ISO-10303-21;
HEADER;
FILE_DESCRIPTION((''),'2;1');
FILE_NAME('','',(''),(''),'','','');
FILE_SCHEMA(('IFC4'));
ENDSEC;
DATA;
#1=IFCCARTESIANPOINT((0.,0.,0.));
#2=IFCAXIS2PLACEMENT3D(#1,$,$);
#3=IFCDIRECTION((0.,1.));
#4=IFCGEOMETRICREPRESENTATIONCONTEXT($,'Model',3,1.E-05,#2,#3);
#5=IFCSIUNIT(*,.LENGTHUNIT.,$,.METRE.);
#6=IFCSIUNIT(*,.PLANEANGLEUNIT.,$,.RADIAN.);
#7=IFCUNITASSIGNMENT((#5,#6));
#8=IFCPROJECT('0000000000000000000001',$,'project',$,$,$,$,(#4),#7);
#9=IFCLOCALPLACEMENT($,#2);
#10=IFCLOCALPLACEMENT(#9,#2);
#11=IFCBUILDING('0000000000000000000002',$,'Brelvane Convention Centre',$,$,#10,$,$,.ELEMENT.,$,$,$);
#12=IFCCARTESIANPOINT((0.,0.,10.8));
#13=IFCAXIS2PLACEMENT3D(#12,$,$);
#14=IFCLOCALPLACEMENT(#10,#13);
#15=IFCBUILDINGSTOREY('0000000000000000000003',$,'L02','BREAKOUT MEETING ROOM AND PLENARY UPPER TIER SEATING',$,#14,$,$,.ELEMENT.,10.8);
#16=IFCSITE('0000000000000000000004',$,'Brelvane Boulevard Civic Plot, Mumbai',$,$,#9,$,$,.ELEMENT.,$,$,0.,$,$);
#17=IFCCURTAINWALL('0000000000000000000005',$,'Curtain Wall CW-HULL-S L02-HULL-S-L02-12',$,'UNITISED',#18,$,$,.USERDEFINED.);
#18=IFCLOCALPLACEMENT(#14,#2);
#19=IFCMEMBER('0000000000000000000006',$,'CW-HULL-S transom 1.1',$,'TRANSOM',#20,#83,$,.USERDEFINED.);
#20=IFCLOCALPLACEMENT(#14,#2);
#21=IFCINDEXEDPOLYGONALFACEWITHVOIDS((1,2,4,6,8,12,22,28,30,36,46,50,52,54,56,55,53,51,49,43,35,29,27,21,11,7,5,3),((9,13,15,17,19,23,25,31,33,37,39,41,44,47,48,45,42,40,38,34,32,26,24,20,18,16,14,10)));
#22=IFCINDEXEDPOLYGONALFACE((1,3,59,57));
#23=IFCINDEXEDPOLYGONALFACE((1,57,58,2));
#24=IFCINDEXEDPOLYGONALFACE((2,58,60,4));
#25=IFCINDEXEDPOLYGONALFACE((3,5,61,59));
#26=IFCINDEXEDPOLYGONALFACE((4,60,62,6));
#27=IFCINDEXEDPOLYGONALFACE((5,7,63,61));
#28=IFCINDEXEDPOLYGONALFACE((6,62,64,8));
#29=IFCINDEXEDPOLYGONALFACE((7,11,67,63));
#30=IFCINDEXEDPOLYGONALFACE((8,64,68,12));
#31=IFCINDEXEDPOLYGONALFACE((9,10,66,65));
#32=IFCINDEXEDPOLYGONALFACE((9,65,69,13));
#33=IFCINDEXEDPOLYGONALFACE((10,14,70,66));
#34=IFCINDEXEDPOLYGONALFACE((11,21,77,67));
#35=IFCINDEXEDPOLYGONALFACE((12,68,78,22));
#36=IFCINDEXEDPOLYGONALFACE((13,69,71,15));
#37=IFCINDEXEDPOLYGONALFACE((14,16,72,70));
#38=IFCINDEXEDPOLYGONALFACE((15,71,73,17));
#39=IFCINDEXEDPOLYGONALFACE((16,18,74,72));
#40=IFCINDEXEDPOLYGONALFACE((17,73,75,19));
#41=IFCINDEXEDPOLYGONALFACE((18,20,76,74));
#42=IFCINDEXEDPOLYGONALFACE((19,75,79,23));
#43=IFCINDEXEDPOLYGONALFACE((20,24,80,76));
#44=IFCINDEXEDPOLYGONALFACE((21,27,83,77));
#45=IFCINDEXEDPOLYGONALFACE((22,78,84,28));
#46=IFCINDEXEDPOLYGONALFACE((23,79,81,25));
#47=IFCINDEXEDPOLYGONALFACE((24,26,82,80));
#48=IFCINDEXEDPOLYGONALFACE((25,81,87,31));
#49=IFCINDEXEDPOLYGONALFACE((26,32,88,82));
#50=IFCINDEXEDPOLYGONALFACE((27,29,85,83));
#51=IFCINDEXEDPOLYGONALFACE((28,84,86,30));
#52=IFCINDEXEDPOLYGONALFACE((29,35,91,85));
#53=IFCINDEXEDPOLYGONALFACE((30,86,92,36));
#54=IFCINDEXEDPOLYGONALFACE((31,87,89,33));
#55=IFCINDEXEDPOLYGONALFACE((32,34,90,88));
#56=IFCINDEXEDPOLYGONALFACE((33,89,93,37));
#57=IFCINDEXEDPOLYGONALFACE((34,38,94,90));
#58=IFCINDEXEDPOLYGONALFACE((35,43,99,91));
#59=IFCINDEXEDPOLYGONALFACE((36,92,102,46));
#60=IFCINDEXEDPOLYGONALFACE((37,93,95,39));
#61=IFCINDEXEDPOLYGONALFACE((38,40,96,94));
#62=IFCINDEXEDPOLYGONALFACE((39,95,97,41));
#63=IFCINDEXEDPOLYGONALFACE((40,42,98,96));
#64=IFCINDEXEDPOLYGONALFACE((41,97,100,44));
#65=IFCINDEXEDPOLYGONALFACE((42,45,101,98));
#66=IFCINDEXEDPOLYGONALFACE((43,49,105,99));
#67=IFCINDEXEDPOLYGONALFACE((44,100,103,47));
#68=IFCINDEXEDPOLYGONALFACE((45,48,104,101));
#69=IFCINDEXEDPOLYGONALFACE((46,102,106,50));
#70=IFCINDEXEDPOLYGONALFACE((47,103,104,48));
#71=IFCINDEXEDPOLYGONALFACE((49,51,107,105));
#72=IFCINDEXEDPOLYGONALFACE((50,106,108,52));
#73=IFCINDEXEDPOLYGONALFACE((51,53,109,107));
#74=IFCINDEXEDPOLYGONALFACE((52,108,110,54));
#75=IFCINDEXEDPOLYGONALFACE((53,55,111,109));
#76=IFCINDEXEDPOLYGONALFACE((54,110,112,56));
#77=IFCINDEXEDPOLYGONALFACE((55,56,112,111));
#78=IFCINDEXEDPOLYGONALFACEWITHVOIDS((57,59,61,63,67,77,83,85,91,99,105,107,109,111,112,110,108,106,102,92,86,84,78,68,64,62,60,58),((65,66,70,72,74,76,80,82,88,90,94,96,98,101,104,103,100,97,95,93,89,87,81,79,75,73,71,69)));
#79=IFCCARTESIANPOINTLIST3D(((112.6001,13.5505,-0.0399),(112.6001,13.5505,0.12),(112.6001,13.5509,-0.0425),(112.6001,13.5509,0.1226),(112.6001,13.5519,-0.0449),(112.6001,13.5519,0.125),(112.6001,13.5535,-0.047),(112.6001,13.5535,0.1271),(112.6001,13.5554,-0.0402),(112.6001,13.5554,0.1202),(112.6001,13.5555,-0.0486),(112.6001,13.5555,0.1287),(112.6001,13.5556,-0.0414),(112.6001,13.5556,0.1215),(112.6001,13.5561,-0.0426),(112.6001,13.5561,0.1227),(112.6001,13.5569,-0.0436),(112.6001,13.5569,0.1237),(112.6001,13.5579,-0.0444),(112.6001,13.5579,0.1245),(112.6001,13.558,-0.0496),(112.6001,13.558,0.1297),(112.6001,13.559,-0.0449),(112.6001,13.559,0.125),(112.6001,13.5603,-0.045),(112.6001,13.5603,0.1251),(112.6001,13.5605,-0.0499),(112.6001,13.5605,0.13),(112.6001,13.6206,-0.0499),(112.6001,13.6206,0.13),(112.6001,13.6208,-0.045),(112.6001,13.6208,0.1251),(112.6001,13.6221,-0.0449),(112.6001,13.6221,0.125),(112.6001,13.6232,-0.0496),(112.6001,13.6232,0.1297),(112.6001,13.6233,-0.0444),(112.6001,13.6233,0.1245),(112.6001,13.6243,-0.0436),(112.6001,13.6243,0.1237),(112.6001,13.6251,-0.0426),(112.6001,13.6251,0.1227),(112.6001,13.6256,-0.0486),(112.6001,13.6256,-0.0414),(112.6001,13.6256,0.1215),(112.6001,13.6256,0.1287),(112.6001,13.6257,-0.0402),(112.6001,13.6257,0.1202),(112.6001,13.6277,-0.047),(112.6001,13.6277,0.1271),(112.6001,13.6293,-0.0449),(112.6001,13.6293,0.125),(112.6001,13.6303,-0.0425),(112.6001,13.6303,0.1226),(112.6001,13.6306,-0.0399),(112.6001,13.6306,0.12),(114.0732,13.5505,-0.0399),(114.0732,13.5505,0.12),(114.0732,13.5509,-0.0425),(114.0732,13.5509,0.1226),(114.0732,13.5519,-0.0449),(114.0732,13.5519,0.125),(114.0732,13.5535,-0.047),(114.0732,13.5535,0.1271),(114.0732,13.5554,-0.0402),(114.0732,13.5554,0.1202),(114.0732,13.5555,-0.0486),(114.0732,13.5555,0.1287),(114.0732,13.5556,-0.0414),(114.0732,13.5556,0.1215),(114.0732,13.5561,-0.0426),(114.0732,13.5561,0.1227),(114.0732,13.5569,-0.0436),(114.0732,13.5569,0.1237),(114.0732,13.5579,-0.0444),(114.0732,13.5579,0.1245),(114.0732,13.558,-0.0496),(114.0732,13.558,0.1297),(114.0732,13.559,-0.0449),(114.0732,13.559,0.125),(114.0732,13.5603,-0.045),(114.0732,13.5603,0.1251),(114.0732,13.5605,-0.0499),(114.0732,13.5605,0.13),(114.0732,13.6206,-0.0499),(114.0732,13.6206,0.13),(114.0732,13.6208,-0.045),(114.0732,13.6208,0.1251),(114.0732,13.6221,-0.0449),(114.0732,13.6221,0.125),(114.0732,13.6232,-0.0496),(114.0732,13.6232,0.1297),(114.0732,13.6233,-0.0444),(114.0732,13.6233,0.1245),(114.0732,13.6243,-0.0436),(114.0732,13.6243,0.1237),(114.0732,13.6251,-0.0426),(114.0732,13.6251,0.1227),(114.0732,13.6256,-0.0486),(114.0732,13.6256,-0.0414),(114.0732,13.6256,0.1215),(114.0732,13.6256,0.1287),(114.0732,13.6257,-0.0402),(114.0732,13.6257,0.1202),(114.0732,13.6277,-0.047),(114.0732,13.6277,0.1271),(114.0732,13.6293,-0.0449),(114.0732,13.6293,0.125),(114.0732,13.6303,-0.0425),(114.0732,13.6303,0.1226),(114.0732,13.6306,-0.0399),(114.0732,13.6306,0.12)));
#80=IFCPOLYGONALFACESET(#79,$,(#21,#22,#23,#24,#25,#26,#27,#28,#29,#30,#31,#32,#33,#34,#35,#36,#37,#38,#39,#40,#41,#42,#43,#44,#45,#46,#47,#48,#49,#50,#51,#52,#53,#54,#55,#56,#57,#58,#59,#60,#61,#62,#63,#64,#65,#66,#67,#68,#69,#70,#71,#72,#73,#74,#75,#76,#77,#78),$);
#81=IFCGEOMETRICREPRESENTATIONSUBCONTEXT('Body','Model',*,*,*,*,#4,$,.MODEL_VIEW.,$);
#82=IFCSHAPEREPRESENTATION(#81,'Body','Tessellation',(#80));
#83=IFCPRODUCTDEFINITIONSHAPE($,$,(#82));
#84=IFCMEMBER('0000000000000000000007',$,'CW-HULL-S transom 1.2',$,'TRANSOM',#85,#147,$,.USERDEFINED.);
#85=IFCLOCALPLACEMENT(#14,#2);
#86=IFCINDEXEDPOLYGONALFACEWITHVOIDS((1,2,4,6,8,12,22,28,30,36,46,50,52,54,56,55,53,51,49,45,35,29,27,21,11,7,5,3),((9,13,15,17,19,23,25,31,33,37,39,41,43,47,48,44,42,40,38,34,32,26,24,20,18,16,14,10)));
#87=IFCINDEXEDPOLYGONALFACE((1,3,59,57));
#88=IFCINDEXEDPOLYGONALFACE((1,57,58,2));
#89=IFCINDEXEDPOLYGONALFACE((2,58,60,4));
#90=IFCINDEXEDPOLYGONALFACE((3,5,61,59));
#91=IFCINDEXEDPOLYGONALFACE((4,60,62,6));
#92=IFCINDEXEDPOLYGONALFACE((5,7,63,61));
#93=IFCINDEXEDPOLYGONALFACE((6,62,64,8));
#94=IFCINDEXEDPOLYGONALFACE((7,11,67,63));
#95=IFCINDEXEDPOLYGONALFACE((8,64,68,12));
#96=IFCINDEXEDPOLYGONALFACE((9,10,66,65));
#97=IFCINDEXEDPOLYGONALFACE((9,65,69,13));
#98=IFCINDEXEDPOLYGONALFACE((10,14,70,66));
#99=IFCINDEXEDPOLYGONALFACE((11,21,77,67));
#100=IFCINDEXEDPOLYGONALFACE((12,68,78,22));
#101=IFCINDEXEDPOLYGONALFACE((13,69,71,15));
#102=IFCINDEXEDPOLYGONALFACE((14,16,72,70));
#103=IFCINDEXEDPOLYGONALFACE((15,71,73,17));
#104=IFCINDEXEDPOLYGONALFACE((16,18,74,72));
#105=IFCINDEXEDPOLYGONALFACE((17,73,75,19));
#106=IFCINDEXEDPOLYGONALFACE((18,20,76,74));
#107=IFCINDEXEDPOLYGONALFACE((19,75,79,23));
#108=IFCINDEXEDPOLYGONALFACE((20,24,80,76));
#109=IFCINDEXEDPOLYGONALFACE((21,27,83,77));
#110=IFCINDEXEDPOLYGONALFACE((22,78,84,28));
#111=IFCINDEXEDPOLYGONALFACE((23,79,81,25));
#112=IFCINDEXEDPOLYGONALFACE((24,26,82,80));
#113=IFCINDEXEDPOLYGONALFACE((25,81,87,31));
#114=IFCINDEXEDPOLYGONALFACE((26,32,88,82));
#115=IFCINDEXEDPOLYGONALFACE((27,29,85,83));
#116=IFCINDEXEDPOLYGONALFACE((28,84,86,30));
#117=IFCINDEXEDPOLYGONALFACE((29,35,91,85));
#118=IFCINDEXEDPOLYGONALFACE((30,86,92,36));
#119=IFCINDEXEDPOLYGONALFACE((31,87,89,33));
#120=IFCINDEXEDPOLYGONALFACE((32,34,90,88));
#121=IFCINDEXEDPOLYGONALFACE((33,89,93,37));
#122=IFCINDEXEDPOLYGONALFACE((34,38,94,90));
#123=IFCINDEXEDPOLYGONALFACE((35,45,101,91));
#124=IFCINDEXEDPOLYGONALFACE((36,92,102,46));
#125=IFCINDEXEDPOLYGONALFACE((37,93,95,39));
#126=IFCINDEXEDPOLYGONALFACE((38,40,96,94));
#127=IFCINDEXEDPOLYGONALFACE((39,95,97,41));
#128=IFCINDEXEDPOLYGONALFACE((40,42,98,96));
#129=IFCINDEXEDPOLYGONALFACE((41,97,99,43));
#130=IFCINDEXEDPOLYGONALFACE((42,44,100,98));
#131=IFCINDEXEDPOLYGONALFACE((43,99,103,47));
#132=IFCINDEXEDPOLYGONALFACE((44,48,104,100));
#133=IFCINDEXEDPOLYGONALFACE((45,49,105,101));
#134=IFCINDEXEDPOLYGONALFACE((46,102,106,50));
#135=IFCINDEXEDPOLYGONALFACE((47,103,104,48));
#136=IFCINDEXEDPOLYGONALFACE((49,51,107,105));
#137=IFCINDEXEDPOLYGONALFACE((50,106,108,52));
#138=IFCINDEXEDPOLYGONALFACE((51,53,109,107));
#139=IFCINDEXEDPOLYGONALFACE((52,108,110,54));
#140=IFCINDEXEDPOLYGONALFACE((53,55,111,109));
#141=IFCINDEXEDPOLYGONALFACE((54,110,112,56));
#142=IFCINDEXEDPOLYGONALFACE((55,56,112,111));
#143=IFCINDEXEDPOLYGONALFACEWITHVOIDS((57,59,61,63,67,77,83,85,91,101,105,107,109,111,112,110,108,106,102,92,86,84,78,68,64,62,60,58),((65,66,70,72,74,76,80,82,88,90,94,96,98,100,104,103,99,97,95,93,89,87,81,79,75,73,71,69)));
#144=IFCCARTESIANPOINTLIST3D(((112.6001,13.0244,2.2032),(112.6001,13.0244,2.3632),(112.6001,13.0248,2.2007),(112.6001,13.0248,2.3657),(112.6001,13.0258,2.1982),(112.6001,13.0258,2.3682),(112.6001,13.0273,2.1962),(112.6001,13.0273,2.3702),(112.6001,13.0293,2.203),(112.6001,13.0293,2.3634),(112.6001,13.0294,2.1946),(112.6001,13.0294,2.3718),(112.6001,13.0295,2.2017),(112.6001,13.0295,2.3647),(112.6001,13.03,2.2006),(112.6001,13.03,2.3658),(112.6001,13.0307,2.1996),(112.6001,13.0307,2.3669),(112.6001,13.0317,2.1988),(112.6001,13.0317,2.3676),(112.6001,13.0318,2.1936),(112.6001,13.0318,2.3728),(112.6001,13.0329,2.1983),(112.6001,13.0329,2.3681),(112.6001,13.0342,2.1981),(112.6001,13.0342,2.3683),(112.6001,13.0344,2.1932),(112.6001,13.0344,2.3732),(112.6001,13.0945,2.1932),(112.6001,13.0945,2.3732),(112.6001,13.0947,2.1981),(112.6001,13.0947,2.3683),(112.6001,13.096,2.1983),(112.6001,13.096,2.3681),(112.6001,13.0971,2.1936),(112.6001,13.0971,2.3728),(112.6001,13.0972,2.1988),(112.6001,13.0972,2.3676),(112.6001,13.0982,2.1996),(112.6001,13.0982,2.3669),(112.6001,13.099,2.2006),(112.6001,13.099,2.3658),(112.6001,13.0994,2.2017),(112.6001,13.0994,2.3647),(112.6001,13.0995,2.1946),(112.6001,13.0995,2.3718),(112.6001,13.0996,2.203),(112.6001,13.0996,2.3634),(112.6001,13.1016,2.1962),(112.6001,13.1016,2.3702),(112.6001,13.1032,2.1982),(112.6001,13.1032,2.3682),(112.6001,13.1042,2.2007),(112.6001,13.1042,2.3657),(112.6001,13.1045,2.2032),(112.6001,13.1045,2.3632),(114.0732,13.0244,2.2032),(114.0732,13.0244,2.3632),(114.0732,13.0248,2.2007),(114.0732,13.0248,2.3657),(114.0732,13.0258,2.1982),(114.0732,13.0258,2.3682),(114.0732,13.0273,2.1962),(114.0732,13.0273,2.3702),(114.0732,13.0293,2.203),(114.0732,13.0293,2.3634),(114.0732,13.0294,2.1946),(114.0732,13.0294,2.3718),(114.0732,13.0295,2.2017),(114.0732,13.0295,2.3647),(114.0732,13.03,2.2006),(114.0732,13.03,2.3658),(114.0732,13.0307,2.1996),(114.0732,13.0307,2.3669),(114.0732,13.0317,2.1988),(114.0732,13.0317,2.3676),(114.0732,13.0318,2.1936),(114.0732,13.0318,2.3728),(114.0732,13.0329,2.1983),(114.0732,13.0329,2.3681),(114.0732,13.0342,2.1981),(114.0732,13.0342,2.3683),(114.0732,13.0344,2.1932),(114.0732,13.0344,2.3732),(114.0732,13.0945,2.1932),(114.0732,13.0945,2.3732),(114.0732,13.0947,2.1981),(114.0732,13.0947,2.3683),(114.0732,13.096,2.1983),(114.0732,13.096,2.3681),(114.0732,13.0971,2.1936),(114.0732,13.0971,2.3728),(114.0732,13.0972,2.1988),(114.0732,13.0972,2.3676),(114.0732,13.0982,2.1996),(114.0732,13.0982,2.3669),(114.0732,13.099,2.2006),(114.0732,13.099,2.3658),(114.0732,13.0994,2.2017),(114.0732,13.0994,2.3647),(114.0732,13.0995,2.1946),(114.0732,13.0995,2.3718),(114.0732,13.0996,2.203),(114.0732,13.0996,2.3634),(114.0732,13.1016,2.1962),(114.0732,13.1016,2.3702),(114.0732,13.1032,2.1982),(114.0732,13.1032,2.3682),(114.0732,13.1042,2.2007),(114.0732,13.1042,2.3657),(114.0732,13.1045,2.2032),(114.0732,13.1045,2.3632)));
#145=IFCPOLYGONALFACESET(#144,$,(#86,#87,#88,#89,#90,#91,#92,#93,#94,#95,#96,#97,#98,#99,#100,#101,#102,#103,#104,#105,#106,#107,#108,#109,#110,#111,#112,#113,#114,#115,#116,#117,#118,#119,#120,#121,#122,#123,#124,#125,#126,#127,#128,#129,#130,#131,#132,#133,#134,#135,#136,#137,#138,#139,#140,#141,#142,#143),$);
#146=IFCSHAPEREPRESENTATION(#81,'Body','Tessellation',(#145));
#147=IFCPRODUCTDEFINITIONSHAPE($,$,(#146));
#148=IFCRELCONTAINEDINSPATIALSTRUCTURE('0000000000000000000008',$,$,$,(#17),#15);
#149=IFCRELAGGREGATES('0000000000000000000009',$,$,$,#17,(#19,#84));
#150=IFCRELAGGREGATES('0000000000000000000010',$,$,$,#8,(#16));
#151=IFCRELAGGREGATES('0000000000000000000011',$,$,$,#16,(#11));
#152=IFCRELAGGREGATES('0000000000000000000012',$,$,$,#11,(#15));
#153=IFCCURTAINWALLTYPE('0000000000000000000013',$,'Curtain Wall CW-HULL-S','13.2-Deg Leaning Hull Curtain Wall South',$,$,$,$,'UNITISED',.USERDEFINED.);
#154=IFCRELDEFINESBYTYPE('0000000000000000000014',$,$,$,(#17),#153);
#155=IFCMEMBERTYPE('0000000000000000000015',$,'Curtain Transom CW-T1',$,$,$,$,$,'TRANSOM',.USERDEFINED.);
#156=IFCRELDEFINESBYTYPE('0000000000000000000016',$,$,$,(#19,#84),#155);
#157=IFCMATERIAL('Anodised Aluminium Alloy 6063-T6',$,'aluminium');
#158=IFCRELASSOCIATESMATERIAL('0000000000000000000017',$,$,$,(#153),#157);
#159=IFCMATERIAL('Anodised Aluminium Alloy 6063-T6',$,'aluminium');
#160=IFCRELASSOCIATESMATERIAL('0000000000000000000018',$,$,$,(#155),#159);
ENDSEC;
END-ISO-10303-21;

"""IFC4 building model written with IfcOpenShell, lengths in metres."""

from ifc_helpers import new_model, si_unit, direction, frame, origin, origin_2d, place, context, subcontext, project, spatial, hollow_rectangle, extrude, material, material_profile, profile_set, type_object, element, aggregate, save


model = new_model("IFC4")

# Units and contexts
model_context = context("Model", 3, precision=1e-05, world=origin(), true_north=direction((0.0, 1.0)))
body_context = subcontext(model_context, "Body", "Model", "MODEL_VIEW")
ifc_project = project(units=[si_unit("LENGTHUNIT", "METRE"), si_unit("PLANEANGLEUNIT", "RADIAN")], contexts=[model_context])

# Site, building, storey
site_placement = place(None, origin())
site = spatial("IfcSite", under=ifc_project, at=site_placement, Name="Brelvane Boulevard Civic Plot, Mumbai", CompositionType="ELEMENT", RefElevation=0.0)
building_placement = place(site_placement, origin())
building = spatial("IfcBuilding", under=site, at=building_placement, Name="Brelvane Convention Centre", CompositionType="ELEMENT")
storey_placement = place(building_placement, frame((0.0, 0.0, 10.8)))
storey = spatial("IfcBuildingStorey", under=building, at=storey_placement, Name="L02", Description="BREAKOUT MEETING ROOM AND PLENARY UPPER TIER SEATING", CompositionType="ELEMENT", Elevation=10.8)

# Curtain wall
ifc_material_1 = material(Name="Anodised Aluminium Alloy 6063-T6", Category="aluminium")
curtain_wall_type = type_object("IfcCurtainWallType", Name="Curtain Wall CW-HULL-S", Description="13.2-Deg Leaning Hull Curtain Wall South", ElementType="UNITISED", PredefinedType="USERDEFINED", material=ifc_material_1)
curtain_wall_1_placement = place(storey_placement, origin())
curtain_wall_1 = element("IfcCurtainWall", 1, at=curtain_wall_1_placement, inside=storey, type_object=curtain_wall_type, Name="Curtain Wall CW-HULL-S L02-HULL-S-L02-12", ObjectType="UNITISED", PredefinedType="USERDEFINED")

# Members
ifc_material_2 = material(Name="Anodised Aluminium Alloy 6063-T6", Category="aluminium")
ifc_material_profile_1 = material_profile(ifc_material_2, hollow_rectangle(XDim=0.0801, YDim=0.1799, WallThickness=0.0049, InnerFilletRadius=0.0049, OuterFilletRadius=0.01, at=origin_2d()), Name="ALU-T 180x80x5.0")
ifc_profile_set_1 = profile_set([ifc_material_profile_1], Name="Anodised Aluminium Alloy 6063-T6")
member_type_1 = type_object("IfcMemberType", Name="Curtain Transom CW-T1", ElementType="TRANSOM", PredefinedType="USERDEFINED", material=ifc_profile_set_1)
member_1_placement = place(storey_placement, frame((112.6001, 13.5906, 0.04), z_axis=(1.0, 0.0, 0.0), x_axis=(0.0, 1.0, 0.0)))
member_1 = element("IfcMember", 2, at=member_1_placement, type_object=member_type_1, Name="CW-HULL-S transom 1.1", ObjectType="TRANSOM", PredefinedType="USERDEFINED", context=body_context, shape_type="SweptSolid", body=[
    extrude(hollow_rectangle(XDim=0.0801, YDim=0.1799, WallThickness=0.0049, InnerFilletRadius=0.0049, OuterFilletRadius=0.01, at=origin_2d()), origin(), (0.0, 0.0, 1.0), 1.4731),
])
member_2_placement = place(storey_placement, frame((112.6001, 13.0645, 2.2832), z_axis=(1.0, 0.0, 0.0), x_axis=(0.0, 1.0, 0.0)))
member_2 = element("IfcMember", 3, at=member_2_placement, type_object=member_type_1, Name="CW-HULL-S transom 1.2", ObjectType="TRANSOM", PredefinedType="USERDEFINED", context=body_context, shape_type="SweptSolid", body=[
    extrude(hollow_rectangle(XDim=0.0801, YDim=0.1799, WallThickness=0.0049, InnerFilletRadius=0.0049, OuterFilletRadius=0.01, at=origin_2d()), origin(), (0.0, 0.0, 1.0), 1.4731),
])

aggregate(curtain_wall_1, [member_1, member_2])

save(model, "model.ifc")
